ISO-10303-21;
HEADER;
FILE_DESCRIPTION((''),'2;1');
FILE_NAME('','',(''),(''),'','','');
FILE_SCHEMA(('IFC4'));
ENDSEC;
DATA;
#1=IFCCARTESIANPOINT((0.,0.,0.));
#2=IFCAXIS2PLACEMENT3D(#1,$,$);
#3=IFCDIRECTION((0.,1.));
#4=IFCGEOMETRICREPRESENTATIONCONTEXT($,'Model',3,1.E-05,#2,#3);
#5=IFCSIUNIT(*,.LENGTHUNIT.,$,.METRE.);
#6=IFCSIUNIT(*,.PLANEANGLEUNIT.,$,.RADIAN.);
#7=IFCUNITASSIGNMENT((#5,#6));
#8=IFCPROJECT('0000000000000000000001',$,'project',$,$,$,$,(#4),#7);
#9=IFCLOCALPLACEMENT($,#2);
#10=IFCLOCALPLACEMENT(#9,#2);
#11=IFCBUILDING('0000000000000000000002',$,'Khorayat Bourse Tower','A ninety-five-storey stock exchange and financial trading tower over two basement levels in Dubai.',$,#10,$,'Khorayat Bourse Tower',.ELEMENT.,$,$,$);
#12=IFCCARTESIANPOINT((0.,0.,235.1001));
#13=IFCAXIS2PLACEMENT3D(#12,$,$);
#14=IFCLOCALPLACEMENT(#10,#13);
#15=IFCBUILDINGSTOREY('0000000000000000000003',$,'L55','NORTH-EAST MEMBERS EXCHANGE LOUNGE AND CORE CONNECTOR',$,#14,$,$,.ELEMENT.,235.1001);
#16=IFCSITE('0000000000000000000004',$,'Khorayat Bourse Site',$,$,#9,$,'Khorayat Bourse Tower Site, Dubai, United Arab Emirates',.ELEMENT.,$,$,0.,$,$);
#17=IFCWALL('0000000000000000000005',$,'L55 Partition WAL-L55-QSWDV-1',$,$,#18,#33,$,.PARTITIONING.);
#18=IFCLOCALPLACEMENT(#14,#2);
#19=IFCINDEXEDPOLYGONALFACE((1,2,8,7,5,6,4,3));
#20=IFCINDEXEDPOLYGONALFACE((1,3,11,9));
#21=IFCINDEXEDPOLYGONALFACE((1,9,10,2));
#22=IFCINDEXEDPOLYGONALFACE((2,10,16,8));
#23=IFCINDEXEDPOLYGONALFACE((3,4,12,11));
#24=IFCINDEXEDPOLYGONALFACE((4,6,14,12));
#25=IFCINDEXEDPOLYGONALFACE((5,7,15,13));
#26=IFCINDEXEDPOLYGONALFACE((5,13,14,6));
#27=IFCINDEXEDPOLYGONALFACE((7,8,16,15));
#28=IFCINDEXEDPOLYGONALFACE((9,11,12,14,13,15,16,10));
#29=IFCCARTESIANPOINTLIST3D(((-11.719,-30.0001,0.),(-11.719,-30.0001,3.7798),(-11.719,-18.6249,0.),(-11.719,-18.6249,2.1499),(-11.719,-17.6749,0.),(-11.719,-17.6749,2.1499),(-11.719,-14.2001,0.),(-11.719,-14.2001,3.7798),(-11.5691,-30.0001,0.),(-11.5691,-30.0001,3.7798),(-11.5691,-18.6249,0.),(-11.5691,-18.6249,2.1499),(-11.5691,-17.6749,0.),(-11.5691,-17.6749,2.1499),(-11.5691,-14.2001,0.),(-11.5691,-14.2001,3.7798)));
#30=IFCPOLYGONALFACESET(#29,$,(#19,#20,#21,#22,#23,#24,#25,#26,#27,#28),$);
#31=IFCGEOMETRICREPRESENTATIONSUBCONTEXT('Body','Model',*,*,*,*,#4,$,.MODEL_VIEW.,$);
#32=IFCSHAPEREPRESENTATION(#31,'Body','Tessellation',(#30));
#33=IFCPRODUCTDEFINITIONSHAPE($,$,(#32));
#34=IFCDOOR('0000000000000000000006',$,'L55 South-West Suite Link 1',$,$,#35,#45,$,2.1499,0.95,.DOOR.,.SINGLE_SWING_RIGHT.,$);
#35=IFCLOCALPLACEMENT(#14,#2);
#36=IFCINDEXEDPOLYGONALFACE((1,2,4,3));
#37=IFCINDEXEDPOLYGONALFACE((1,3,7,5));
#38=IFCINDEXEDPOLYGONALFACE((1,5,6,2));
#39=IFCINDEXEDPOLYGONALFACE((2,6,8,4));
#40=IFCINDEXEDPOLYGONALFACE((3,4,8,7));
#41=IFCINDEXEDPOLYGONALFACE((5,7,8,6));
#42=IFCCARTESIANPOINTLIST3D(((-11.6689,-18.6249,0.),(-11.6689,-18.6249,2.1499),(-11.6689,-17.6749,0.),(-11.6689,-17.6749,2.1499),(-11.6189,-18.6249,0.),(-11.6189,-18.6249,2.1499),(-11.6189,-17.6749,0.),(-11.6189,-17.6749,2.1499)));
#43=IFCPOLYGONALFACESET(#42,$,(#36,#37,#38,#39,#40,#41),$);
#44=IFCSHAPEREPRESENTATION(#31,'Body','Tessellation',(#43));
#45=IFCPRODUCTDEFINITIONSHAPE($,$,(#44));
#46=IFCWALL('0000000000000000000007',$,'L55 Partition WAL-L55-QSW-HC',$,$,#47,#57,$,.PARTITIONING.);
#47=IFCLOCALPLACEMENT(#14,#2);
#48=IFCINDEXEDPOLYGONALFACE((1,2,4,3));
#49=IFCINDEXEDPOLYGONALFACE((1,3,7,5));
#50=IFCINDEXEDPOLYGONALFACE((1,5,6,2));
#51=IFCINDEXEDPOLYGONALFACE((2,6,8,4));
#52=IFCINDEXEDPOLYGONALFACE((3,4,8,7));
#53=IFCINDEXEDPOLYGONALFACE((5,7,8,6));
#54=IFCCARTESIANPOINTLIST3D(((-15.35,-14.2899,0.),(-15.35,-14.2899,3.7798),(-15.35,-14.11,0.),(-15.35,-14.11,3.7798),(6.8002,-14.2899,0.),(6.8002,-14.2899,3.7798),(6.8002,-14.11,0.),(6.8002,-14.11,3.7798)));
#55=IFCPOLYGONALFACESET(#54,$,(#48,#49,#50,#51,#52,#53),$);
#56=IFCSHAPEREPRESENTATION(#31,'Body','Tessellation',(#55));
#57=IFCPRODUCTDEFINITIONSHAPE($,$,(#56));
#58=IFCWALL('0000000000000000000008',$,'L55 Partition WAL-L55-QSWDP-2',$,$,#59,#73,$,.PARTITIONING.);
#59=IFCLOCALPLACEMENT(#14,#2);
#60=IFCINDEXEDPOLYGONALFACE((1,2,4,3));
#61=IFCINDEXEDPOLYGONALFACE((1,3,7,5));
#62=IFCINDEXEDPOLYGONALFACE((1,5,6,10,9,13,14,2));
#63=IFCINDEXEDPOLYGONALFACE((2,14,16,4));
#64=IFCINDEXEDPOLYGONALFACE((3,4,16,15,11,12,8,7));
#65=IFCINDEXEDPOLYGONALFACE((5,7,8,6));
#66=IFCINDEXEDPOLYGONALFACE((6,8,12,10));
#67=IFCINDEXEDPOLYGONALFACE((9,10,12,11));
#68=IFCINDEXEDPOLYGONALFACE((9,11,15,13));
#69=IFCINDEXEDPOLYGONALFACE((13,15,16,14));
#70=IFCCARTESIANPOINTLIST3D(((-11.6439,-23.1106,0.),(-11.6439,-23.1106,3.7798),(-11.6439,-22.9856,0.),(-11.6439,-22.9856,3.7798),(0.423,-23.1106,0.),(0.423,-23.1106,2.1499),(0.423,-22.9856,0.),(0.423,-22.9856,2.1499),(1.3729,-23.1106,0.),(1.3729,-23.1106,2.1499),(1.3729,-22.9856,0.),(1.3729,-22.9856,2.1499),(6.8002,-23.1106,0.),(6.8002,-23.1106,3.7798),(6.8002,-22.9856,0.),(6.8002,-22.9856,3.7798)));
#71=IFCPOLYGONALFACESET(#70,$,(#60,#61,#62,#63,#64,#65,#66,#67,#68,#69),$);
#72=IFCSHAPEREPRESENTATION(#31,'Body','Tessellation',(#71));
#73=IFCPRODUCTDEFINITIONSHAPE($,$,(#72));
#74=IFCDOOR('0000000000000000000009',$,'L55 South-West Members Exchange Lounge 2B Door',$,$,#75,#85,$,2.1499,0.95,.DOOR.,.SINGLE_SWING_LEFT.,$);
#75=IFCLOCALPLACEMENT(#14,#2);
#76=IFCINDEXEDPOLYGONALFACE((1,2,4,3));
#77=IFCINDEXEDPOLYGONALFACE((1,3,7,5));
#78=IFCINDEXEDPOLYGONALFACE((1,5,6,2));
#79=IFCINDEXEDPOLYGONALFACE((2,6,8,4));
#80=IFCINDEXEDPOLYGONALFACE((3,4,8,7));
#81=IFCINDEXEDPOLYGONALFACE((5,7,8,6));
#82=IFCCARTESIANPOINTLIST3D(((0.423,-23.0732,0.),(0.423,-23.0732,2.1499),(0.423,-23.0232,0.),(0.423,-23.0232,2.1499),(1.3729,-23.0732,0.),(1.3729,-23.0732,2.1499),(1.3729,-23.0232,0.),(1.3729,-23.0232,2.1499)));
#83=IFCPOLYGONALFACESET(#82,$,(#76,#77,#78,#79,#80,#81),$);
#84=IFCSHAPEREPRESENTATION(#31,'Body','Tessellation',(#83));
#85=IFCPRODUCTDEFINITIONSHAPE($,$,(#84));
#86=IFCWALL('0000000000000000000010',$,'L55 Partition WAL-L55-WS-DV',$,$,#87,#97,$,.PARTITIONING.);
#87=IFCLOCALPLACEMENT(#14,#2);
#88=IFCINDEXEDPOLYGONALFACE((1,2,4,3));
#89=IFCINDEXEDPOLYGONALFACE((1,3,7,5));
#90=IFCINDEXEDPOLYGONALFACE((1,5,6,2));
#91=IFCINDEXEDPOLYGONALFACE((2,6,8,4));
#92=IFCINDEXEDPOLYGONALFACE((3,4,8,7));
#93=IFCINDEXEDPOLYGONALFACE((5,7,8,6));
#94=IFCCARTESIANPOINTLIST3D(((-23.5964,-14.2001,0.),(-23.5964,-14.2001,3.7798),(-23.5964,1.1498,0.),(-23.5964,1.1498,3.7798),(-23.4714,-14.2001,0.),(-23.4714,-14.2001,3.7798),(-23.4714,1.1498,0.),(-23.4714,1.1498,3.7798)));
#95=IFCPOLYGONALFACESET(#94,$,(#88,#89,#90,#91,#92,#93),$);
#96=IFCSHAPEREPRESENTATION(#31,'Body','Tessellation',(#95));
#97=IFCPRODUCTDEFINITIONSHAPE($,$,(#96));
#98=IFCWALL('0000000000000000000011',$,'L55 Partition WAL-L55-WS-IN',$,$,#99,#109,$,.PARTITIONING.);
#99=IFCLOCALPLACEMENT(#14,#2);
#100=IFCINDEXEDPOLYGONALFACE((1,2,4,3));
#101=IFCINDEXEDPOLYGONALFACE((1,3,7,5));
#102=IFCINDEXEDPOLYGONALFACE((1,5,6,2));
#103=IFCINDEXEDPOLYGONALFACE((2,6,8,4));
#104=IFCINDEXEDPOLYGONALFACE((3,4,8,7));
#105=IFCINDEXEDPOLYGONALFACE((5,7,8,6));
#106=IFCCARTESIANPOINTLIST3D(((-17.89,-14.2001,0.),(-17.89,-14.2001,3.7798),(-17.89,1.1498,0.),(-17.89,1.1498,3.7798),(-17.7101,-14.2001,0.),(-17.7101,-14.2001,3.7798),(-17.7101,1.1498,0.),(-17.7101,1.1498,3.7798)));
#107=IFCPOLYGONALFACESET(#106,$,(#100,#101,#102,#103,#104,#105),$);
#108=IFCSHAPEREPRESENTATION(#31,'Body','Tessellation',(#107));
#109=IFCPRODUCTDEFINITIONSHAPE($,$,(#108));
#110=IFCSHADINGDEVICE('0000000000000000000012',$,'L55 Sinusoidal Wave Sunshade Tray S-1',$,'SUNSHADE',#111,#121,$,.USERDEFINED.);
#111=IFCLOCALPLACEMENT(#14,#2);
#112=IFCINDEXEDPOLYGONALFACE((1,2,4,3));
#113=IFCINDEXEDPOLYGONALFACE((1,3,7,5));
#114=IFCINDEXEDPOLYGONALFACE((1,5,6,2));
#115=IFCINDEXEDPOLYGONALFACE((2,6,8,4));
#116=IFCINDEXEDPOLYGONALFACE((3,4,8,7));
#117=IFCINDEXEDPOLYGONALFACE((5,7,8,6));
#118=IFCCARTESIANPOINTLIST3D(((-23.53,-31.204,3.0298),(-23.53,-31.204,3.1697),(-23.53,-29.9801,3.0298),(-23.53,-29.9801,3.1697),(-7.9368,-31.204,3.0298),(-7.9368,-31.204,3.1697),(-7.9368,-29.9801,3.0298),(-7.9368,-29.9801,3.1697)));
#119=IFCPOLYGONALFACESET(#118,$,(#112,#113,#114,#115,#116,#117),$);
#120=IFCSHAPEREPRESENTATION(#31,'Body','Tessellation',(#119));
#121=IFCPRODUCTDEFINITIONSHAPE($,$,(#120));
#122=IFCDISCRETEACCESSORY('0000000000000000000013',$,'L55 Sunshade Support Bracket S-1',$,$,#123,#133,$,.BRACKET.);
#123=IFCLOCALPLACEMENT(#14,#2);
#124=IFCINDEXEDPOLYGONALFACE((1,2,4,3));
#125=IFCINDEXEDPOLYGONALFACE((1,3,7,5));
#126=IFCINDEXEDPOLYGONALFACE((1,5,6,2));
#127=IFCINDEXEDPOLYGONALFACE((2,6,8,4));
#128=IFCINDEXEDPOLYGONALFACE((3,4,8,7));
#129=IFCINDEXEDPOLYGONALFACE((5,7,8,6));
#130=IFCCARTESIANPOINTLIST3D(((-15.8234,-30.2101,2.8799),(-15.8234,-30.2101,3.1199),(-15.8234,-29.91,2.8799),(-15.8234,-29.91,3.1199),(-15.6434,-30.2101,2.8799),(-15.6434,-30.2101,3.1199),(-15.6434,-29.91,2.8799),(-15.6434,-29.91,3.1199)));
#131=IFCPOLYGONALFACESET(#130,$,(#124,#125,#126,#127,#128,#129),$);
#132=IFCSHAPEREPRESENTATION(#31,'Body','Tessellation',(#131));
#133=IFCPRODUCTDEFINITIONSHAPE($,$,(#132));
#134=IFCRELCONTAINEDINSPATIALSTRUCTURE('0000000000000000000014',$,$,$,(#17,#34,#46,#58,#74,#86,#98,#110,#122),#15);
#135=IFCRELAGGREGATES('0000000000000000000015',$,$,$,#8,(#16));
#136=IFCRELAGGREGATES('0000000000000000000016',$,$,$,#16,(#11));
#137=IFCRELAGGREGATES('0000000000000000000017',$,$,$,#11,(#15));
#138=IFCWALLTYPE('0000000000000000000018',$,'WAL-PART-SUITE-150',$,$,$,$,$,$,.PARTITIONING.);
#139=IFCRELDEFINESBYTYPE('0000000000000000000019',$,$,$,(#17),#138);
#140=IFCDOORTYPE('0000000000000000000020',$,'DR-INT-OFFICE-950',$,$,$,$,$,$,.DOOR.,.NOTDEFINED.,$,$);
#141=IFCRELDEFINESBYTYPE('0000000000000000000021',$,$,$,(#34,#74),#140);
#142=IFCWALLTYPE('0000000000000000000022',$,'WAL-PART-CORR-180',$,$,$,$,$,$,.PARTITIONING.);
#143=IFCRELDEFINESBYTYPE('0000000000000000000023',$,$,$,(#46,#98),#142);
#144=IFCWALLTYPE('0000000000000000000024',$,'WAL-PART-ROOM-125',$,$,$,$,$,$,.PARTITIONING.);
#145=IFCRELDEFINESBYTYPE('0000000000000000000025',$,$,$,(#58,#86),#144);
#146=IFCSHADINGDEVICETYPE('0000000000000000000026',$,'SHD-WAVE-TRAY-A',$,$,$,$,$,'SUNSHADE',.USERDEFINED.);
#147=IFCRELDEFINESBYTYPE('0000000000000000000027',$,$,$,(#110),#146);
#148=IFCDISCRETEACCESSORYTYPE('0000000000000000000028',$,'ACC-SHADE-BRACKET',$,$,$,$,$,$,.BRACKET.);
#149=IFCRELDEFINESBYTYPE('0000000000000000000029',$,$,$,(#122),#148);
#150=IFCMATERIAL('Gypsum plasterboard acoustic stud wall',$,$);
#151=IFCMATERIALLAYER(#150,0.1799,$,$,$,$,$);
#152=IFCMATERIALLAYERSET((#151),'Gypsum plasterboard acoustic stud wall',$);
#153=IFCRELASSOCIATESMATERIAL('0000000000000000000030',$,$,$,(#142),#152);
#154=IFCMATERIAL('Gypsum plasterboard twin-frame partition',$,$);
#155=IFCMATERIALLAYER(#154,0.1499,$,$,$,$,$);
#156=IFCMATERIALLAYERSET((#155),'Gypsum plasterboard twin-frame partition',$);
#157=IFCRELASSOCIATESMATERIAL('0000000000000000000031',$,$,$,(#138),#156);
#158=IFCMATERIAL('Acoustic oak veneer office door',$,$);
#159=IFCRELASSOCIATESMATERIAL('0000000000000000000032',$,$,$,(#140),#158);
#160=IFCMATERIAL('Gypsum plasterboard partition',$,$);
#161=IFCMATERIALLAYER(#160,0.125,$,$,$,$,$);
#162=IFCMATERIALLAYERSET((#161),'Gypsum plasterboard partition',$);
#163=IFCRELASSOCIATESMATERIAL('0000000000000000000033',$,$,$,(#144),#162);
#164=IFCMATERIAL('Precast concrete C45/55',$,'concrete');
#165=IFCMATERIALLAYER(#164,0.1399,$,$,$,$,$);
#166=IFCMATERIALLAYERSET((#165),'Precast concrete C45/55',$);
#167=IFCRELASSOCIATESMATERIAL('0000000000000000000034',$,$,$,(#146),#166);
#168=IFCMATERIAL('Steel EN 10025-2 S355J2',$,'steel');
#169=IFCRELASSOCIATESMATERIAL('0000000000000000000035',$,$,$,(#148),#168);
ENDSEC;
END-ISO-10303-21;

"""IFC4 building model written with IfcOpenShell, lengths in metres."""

from ifc_helpers import new_model, si_unit, direction, frame, frame_2d, origin, origin_2d, place, context, subcontext, project, spatial, rectangle, extrude, source, transform, mapped, material, layer, layer_set, type_object, element, fill, save


model = new_model("IFC4")

# Units and contexts
model_context = context("Model", 3, precision=1e-05, world=origin(), true_north=direction((0.0, 1.0)))
body_context = subcontext(model_context, "Body", "Model", "MODEL_VIEW")
ifc_project = project(units=[si_unit("LENGTHUNIT", "METRE"), si_unit("PLANEANGLEUNIT", "RADIAN")], contexts=[model_context])

# Site, building, storey
site_placement = place(None, origin())
site = spatial("IfcSite", under=ifc_project, at=site_placement, Name="Khorayat Bourse Site", LongName="Khorayat Bourse Tower Site, Dubai, United Arab Emirates", CompositionType="ELEMENT", RefElevation=0.0)
building_placement = place(site_placement, origin())
building = spatial("IfcBuilding", under=site, at=building_placement, Name="Khorayat Bourse Tower", Description="A ninety-five-storey stock exchange and financial trading tower over two basement levels in Dubai.", LongName="Khorayat Bourse Tower", CompositionType="ELEMENT")
storey_placement = place(building_placement, frame((0.0, 0.0, 235.1001)))
storey = spatial("IfcBuildingStorey", under=building, at=storey_placement, Name="L55", Description="NORTH-EAST MEMBERS EXCHANGE LOUNGE AND CORE CONNECTOR", CompositionType="ELEMENT", Elevation=235.1001)

# Shared definitions
ifc_material_1 = material(Name="Steel EN 10025-2 S355J2", Category="steel")

# Shared definitions
ifc_material_2 = material(Name="Gypsum plasterboard acoustic stud wall")
ifc_layer_1 = layer(ifc_material_2, 0.1799)
ifc_layer_set_1 = layer_set([ifc_layer_1], Name="Gypsum plasterboard acoustic stud wall")
wall_type_1 = type_object("IfcWallType", Name="WAL-PART-CORR-180", PredefinedType="PARTITIONING", material=ifc_layer_set_1)

# Wall, opening, door
ifc_material_3 = material(Name="Gypsum plasterboard twin-frame partition")
ifc_layer_2 = layer(ifc_material_3, 0.1499)
ifc_layer_set_2 = layer_set([ifc_layer_2], Name="Gypsum plasterboard twin-frame partition")
wall_type_2 = type_object("IfcWallType", Name="WAL-PART-SUITE-150", PredefinedType="PARTITIONING", material=ifc_layer_set_2)
shared_shape_1 = source(origin(), body_context, "Body", "SweptSolid", [
    extrude(rectangle(XDim=15.8, YDim=0.1499, at=frame_2d((7.8999, 0.0))), origin(), (0.0, 0.0, 1.0), 3.7798),
])
wall_1_placement = place(storey_placement, frame((-11.644, -30.0, 0.0), z_axis=(0.0, 0.0, 1.0), x_axis=(0.0, 1.0, 0.0)))
wall_1 = element("IfcWall", 1, at=wall_1_placement, inside=storey, type_object=wall_type_2, Name="L55 Partition WAL-L55-QSWDV-1", PredefinedType="PARTITIONING", context=body_context, shape_type="MappedRepresentation", body=[
    mapped(shared_shape_1, transform((0.0, 0.0, 0.0), scale=1.0)),
])
shared_shape_2 = source(origin(), body_context, "Body", "SweptSolid", [
    extrude(rectangle(XDim=0.95, YDim=2.1499, at=frame_2d((0.4751, 1.075))), frame((0.0, 0.085, 0.0), z_axis=(0.0, -1.0, 0.0), x_axis=(1.0, 0.0, 0.0)), (0.0, 0.0, 1.0), 0.1699),
])
opening_1_placement = place(wall_1_placement, frame((11.375, 0.0, 0.0)))
opening_1 = element("IfcOpeningElement", 2, at=opening_1_placement, cuts=wall_1, PredefinedType="OPENING", context=body_context, shape_type="MappedRepresentation", body=[
    mapped(shared_shape_2, transform((0.0, 0.0, 0.0), scale=1.0)),
])
ifc_material_4 = material(Name="Acoustic oak veneer office door")
door_type = type_object("IfcDoorType", Name="DR-INT-OFFICE-950", OperationType="NOTDEFINED", PredefinedType="DOOR", material=ifc_material_4)
shared_shape_3 = source(origin(), body_context, "Body", "SweptSolid", [
    extrude(rectangle(XDim=0.95, YDim=2.1499, at=frame_2d((0.4751, 1.075))), frame((0.0, 0.0249, 0.0), z_axis=(0.0, -1.0, 0.0), x_axis=(1.0, 0.0, 0.0)), (0.0, 0.0, 1.0), 0.05),
])
door_1_placement = place(opening_1_placement, origin())
door_1 = element("IfcDoor", 3, at=door_1_placement, inside=storey, type_object=door_type, Name="L55 South-West Suite Link 1", OperationType="SINGLE_SWING_RIGHT", OverallHeight=2.1499, OverallWidth=0.95, PredefinedType="DOOR", context=body_context, shape_type="MappedRepresentation", body=[
    mapped(shared_shape_3, transform((0.0, 0.0, 0.0), scale=1.0)),
])
fill(opening_1, door_1)

# Wall
shared_shape_4 = source(origin(), body_context, "Body", "SweptSolid", [
    extrude(rectangle(XDim=22.1501, YDim=0.1799, at=frame_2d((11.0752, 0.0))), origin(), (0.0, 0.0, 1.0), 3.7798),
])
wall_2_placement = place(storey_placement, frame((-15.3501, -14.2, 0.0), z_axis=(0.0, 0.0, 1.0), x_axis=(1.0, 0.0, 0.0)))
element("IfcWall", 4, at=wall_2_placement, inside=storey, type_object=wall_type_1, Name="L55 Partition WAL-L55-QSW-HC", PredefinedType="PARTITIONING", context=body_context, shape_type="MappedRepresentation", body=[
    mapped(shared_shape_4, transform((0.0, 0.0, 0.0), scale=1.0)),
])

# Wall, opening, door
ifc_material_5 = material(Name="Gypsum plasterboard partition")
ifc_layer_3 = layer(ifc_material_5, 0.125)
ifc_layer_set_3 = layer_set([ifc_layer_3], Name="Gypsum plasterboard partition")
wall_type_3 = type_object("IfcWallType", Name="WAL-PART-ROOM-125", PredefinedType="PARTITIONING", material=ifc_layer_set_3)
shared_shape_5 = source(origin(), body_context, "Body", "SweptSolid", [
    extrude(rectangle(XDim=18.4441, YDim=0.125, at=frame_2d((9.2222, 0.0))), origin(), (0.0, 0.0, 1.0), 3.7798),
])
wall_3_placement = place(storey_placement, frame((-11.644, -23.0481, 0.0), z_axis=(0.0, 0.0, 1.0), x_axis=(1.0, 0.0, 0.0)))
wall_3 = element("IfcWall", 5, at=wall_3_placement, inside=storey, type_object=wall_type_3, Name="L55 Partition WAL-L55-QSWDP-2", PredefinedType="PARTITIONING", context=body_context, shape_type="MappedRepresentation", body=[
    mapped(shared_shape_5, transform((0.0, 0.0, 0.0), scale=1.0)),
])
shared_shape_6 = source(origin(), body_context, "Body", "SweptSolid", [
    extrude(rectangle(XDim=0.95, YDim=2.1499, at=frame_2d((0.4751, 1.075))), frame((0.0, 0.0725, 0.0), z_axis=(0.0, -1.0, 0.0), x_axis=(1.0, 0.0, 0.0)), (0.0, 0.0, 1.0), 0.145),
])
opening_2_placement = place(wall_3_placement, frame((12.0669, 0.0, 0.0)))
opening_2 = element("IfcOpeningElement", 6, at=opening_2_placement, cuts=wall_3, PredefinedType="OPENING", context=body_context, shape_type="MappedRepresentation", body=[
    mapped(shared_shape_6, transform((0.0, 0.0, 0.0), scale=1.0)),
])
door_2_placement = place(opening_2_placement, origin())
door_2 = element("IfcDoor", 7, at=door_2_placement, inside=storey, type_object=door_type, Name="L55 South-West Members Exchange Lounge 2B Door", OperationType="SINGLE_SWING_LEFT", OverallHeight=2.1499, OverallWidth=0.95, PredefinedType="DOOR", context=body_context, shape_type="MappedRepresentation", body=[
    mapped(shared_shape_3, transform((0.0, 0.0, 0.0), scale=1.0)),
])
fill(opening_2, door_2)

# Walls
shared_shape_7 = source(origin(), body_context, "Body", "SweptSolid", [
    extrude(rectangle(XDim=15.3499, YDim=0.125, at=frame_2d((7.6748, 0.0))), origin(), (0.0, 0.0, 1.0), 3.7798),
])
wall_4_placement = place(storey_placement, frame((-23.5339, -14.2, 0.0), z_axis=(0.0, 0.0, 1.0), x_axis=(0.0, 1.0, 0.0)))
element("IfcWall", 8, at=wall_4_placement, inside=storey, type_object=wall_type_3, Name="L55 Partition WAL-L55-WS-DV", PredefinedType="PARTITIONING", context=body_context, shape_type="MappedRepresentation", body=[
    mapped(shared_shape_7, transform((0.0, 0.0, 0.0), scale=1.0)),
])
shared_shape_8 = source(origin(), body_context, "Body", "SweptSolid", [
    extrude(rectangle(XDim=15.3499, YDim=0.1799, at=frame_2d((7.6748, 0.0))), origin(), (0.0, 0.0, 1.0), 3.7798),
])
wall_5_placement = place(storey_placement, frame((-17.8, -14.2, 0.0), z_axis=(0.0, 0.0, 1.0), x_axis=(0.0, 1.0, 0.0)))
element("IfcWall", 9, at=wall_5_placement, inside=storey, type_object=wall_type_1, Name="L55 Partition WAL-L55-WS-IN", PredefinedType="PARTITIONING", context=body_context, shape_type="MappedRepresentation", body=[
    mapped(shared_shape_8, transform((0.0, 0.0, 0.0), scale=1.0)),
])

# Shading device
ifc_material_6 = material(Name="Precast concrete C45/55", Category="concrete")
ifc_layer_4 = layer(ifc_material_6, 0.1399)
ifc_layer_set_4 = layer_set([ifc_layer_4], Name="Precast concrete C45/55")
shading_device_type = type_object("IfcShadingDeviceType", Name="SHD-WAVE-TRAY-A", ElementType="SUNSHADE", PredefinedType="USERDEFINED", material=ifc_layer_set_4)
shared_shape_9 = source(origin(), body_context, "Body", "SweptSolid", [
    extrude(rectangle(XDim=15.5933, YDim=1.2239, at=origin_2d()), origin(), (0.0, 0.0, 1.0), 0.1399),
])
shading_device_placement = place(storey_placement, frame((-15.7334, -30.592, 3.0298), z_axis=(0.0, 0.0, 1.0), x_axis=(1.0, 0.0, 0.0)))
element("IfcShadingDevice", 10, at=shading_device_placement, inside=storey, type_object=shading_device_type, Name="L55 Sinusoidal Wave Sunshade Tray S-1", ObjectType="SUNSHADE", PredefinedType="USERDEFINED", context=body_context, shape_type="MappedRepresentation", body=[
    mapped(shared_shape_9, transform((0.0, 0.0, 0.0), scale=1.0)),
])

# Discrete accessory
discrete_accessory_type = type_object("IfcDiscreteAccessoryType", Name="ACC-SHADE-BRACKET", PredefinedType="BRACKET", material=ifc_material_1)
shared_shape_10 = source(origin(), body_context, "Body", "SweptSolid", [
    extrude(rectangle(XDim=0.1799, YDim=0.3, at=origin_2d()), origin(), (0.0, 0.0, 1.0), 0.24),
])
discrete_accessory_placement = place(storey_placement, frame((-15.7334, -30.0601, 2.8799), z_axis=(0.0, 0.0, 1.0), x_axis=(1.0, 0.0, 0.0)))
element("IfcDiscreteAccessory", 11, at=discrete_accessory_placement, inside=storey, type_object=discrete_accessory_type, Name="L55 Sunshade Support Bracket S-1", PredefinedType="BRACKET", context=body_context, shape_type="MappedRepresentation", body=[
    mapped(shared_shape_10, transform((0.0, 0.0, 0.0), scale=1.0)),
])

save(model, "model.ifc")
